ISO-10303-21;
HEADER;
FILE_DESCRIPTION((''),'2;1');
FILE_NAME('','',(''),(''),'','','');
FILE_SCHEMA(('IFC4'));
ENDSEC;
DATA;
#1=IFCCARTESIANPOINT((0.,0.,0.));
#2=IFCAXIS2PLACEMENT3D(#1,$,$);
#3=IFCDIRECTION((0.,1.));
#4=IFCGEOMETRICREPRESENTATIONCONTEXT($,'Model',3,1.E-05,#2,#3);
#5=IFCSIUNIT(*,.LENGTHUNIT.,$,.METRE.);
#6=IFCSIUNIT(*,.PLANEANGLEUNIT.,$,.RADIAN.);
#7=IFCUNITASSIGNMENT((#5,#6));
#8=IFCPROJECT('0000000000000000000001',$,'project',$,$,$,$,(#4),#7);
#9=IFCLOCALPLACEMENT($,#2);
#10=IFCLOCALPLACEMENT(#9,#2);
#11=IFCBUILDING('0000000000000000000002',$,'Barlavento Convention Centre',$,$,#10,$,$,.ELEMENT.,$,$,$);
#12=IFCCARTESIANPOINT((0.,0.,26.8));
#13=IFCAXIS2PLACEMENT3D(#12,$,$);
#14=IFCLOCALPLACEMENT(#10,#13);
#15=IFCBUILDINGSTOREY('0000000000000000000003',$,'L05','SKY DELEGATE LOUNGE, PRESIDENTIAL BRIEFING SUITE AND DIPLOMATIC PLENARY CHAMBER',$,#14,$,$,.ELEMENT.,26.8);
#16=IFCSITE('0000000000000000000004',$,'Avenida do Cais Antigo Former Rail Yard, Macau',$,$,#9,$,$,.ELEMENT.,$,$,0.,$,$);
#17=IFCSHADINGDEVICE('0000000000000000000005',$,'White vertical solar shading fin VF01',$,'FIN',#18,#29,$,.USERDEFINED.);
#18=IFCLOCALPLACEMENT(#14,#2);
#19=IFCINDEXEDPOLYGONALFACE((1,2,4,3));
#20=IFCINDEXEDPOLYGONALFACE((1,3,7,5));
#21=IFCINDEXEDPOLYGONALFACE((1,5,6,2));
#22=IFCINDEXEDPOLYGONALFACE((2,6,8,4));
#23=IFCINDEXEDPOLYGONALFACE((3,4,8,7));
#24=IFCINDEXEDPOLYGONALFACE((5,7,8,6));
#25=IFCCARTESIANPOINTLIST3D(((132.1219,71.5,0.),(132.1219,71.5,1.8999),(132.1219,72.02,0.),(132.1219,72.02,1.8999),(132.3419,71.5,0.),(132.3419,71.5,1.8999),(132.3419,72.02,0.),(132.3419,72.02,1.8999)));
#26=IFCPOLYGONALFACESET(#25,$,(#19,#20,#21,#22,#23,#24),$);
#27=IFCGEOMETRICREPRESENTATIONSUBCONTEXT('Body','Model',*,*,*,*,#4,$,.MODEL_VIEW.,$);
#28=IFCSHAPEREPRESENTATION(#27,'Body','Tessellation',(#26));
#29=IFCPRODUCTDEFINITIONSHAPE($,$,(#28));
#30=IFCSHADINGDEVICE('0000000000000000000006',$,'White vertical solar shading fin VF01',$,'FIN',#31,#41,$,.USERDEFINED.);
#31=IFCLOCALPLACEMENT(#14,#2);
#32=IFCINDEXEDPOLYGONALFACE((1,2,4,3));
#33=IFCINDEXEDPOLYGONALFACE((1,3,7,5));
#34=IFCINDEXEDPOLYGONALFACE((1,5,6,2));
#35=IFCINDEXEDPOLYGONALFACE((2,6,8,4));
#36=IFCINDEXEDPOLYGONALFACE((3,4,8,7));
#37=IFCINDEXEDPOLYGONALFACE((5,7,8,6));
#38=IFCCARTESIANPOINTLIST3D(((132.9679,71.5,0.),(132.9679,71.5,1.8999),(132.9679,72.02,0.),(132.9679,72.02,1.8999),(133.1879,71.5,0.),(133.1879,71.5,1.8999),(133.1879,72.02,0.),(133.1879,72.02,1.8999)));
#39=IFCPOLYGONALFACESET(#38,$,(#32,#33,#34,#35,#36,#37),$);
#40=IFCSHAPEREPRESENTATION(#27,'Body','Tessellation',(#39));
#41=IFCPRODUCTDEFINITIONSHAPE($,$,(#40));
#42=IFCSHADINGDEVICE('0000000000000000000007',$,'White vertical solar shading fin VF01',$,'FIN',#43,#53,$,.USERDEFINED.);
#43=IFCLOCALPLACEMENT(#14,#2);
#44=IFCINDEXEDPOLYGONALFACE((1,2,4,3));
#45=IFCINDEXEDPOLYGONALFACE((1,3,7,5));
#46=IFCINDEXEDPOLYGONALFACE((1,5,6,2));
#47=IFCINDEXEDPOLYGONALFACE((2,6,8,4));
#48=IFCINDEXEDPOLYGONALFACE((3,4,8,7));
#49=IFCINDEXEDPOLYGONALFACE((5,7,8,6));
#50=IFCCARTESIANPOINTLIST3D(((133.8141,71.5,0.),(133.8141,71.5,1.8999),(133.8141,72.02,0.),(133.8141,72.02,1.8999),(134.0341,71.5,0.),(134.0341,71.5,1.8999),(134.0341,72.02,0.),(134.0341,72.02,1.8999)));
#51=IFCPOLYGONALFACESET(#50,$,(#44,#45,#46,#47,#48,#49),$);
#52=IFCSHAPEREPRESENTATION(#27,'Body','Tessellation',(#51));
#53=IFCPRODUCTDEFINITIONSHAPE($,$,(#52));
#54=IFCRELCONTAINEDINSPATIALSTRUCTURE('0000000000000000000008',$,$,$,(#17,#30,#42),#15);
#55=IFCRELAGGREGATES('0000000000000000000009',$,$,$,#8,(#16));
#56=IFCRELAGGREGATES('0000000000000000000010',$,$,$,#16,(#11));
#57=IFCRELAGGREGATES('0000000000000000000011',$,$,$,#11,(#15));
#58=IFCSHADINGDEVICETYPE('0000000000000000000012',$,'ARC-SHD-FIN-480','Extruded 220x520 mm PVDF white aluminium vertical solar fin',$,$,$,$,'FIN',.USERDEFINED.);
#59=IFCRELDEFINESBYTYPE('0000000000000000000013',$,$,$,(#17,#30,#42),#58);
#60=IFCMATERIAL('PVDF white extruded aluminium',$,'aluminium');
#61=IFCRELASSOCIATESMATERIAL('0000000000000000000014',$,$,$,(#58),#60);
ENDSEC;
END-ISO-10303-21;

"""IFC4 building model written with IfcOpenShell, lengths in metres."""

from ifc_helpers import new_model, si_unit, direction, frame, origin, origin_2d, place, context, subcontext, project, spatial, rectangle, extrude, material, type_object, element, save


model = new_model("IFC4")

# Units and contexts
model_context = context("Model", 3, precision=1e-05, world=origin(), true_north=direction((0.0, 1.0)))
body_context = subcontext(model_context, "Body", "Model", "MODEL_VIEW")
ifc_project = project(units=[si_unit("LENGTHUNIT", "METRE"), si_unit("PLANEANGLEUNIT", "RADIAN")], contexts=[model_context])

# Site, building, storey
site_placement = place(None, origin())
site = spatial("IfcSite", under=ifc_project, at=site_placement, Name="Avenida do Cais Antigo Former Rail Yard, Macau", CompositionType="ELEMENT", RefElevation=0.0)
building_placement = place(site_placement, origin())
building = spatial("IfcBuilding", under=site, at=building_placement, Name="Barlavento Convention Centre", CompositionType="ELEMENT")
storey_placement = place(building_placement, frame((0.0, 0.0, 26.8)))
storey = spatial("IfcBuildingStorey", under=building, at=storey_placement, Name="L05", Description="SKY DELEGATE LOUNGE, PRESIDENTIAL BRIEFING SUITE AND DIPLOMATIC PLENARY CHAMBER", CompositionType="ELEMENT", Elevation=26.8)

# Shading devices
ifc_material_1 = material(Name="PVDF white extruded aluminium", Category="aluminium")
shading_device_type = type_object("IfcShadingDeviceType", Name="ARC-SHD-FIN-480", Description="Extruded 220x520 mm PVDF white aluminium vertical solar fin", ElementType="FIN", PredefinedType="USERDEFINED", material=ifc_material_1)
for number, where, z_axis, x_axis, name in (
    (1, (132.2319, 71.76, 0.0), (0.0, 0.0, 1.0), (1.0, 0.0, 0.0), "White vertical solar shading fin VF01"),
    (2, (133.0779, 71.76, 0.0), (0.0, 0.0, 1.0), (1.0, 0.0, 0.0), "White vertical solar shading fin VF01"),
    (3, (133.9241, 71.76, 0.0), (0.0, 0.0, 1.0), (1.0, 0.0, 0.0), "White vertical solar shading fin VF01"),
):
    element("IfcShadingDevice", number, at=place(storey_placement, frame(where, z_axis=z_axis, x_axis=x_axis)), inside=storey, type_object=shading_device_type, Name=name, ObjectType="FIN", PredefinedType="USERDEFINED", context=body_context, shape_type="SweptSolid", body=[
        extrude(rectangle(XDim=0.22, YDim=0.52, at=origin_2d()), origin(), (0.0, 0.0, 1.0), 1.8999),
    ])

save(model, "model.ifc")
